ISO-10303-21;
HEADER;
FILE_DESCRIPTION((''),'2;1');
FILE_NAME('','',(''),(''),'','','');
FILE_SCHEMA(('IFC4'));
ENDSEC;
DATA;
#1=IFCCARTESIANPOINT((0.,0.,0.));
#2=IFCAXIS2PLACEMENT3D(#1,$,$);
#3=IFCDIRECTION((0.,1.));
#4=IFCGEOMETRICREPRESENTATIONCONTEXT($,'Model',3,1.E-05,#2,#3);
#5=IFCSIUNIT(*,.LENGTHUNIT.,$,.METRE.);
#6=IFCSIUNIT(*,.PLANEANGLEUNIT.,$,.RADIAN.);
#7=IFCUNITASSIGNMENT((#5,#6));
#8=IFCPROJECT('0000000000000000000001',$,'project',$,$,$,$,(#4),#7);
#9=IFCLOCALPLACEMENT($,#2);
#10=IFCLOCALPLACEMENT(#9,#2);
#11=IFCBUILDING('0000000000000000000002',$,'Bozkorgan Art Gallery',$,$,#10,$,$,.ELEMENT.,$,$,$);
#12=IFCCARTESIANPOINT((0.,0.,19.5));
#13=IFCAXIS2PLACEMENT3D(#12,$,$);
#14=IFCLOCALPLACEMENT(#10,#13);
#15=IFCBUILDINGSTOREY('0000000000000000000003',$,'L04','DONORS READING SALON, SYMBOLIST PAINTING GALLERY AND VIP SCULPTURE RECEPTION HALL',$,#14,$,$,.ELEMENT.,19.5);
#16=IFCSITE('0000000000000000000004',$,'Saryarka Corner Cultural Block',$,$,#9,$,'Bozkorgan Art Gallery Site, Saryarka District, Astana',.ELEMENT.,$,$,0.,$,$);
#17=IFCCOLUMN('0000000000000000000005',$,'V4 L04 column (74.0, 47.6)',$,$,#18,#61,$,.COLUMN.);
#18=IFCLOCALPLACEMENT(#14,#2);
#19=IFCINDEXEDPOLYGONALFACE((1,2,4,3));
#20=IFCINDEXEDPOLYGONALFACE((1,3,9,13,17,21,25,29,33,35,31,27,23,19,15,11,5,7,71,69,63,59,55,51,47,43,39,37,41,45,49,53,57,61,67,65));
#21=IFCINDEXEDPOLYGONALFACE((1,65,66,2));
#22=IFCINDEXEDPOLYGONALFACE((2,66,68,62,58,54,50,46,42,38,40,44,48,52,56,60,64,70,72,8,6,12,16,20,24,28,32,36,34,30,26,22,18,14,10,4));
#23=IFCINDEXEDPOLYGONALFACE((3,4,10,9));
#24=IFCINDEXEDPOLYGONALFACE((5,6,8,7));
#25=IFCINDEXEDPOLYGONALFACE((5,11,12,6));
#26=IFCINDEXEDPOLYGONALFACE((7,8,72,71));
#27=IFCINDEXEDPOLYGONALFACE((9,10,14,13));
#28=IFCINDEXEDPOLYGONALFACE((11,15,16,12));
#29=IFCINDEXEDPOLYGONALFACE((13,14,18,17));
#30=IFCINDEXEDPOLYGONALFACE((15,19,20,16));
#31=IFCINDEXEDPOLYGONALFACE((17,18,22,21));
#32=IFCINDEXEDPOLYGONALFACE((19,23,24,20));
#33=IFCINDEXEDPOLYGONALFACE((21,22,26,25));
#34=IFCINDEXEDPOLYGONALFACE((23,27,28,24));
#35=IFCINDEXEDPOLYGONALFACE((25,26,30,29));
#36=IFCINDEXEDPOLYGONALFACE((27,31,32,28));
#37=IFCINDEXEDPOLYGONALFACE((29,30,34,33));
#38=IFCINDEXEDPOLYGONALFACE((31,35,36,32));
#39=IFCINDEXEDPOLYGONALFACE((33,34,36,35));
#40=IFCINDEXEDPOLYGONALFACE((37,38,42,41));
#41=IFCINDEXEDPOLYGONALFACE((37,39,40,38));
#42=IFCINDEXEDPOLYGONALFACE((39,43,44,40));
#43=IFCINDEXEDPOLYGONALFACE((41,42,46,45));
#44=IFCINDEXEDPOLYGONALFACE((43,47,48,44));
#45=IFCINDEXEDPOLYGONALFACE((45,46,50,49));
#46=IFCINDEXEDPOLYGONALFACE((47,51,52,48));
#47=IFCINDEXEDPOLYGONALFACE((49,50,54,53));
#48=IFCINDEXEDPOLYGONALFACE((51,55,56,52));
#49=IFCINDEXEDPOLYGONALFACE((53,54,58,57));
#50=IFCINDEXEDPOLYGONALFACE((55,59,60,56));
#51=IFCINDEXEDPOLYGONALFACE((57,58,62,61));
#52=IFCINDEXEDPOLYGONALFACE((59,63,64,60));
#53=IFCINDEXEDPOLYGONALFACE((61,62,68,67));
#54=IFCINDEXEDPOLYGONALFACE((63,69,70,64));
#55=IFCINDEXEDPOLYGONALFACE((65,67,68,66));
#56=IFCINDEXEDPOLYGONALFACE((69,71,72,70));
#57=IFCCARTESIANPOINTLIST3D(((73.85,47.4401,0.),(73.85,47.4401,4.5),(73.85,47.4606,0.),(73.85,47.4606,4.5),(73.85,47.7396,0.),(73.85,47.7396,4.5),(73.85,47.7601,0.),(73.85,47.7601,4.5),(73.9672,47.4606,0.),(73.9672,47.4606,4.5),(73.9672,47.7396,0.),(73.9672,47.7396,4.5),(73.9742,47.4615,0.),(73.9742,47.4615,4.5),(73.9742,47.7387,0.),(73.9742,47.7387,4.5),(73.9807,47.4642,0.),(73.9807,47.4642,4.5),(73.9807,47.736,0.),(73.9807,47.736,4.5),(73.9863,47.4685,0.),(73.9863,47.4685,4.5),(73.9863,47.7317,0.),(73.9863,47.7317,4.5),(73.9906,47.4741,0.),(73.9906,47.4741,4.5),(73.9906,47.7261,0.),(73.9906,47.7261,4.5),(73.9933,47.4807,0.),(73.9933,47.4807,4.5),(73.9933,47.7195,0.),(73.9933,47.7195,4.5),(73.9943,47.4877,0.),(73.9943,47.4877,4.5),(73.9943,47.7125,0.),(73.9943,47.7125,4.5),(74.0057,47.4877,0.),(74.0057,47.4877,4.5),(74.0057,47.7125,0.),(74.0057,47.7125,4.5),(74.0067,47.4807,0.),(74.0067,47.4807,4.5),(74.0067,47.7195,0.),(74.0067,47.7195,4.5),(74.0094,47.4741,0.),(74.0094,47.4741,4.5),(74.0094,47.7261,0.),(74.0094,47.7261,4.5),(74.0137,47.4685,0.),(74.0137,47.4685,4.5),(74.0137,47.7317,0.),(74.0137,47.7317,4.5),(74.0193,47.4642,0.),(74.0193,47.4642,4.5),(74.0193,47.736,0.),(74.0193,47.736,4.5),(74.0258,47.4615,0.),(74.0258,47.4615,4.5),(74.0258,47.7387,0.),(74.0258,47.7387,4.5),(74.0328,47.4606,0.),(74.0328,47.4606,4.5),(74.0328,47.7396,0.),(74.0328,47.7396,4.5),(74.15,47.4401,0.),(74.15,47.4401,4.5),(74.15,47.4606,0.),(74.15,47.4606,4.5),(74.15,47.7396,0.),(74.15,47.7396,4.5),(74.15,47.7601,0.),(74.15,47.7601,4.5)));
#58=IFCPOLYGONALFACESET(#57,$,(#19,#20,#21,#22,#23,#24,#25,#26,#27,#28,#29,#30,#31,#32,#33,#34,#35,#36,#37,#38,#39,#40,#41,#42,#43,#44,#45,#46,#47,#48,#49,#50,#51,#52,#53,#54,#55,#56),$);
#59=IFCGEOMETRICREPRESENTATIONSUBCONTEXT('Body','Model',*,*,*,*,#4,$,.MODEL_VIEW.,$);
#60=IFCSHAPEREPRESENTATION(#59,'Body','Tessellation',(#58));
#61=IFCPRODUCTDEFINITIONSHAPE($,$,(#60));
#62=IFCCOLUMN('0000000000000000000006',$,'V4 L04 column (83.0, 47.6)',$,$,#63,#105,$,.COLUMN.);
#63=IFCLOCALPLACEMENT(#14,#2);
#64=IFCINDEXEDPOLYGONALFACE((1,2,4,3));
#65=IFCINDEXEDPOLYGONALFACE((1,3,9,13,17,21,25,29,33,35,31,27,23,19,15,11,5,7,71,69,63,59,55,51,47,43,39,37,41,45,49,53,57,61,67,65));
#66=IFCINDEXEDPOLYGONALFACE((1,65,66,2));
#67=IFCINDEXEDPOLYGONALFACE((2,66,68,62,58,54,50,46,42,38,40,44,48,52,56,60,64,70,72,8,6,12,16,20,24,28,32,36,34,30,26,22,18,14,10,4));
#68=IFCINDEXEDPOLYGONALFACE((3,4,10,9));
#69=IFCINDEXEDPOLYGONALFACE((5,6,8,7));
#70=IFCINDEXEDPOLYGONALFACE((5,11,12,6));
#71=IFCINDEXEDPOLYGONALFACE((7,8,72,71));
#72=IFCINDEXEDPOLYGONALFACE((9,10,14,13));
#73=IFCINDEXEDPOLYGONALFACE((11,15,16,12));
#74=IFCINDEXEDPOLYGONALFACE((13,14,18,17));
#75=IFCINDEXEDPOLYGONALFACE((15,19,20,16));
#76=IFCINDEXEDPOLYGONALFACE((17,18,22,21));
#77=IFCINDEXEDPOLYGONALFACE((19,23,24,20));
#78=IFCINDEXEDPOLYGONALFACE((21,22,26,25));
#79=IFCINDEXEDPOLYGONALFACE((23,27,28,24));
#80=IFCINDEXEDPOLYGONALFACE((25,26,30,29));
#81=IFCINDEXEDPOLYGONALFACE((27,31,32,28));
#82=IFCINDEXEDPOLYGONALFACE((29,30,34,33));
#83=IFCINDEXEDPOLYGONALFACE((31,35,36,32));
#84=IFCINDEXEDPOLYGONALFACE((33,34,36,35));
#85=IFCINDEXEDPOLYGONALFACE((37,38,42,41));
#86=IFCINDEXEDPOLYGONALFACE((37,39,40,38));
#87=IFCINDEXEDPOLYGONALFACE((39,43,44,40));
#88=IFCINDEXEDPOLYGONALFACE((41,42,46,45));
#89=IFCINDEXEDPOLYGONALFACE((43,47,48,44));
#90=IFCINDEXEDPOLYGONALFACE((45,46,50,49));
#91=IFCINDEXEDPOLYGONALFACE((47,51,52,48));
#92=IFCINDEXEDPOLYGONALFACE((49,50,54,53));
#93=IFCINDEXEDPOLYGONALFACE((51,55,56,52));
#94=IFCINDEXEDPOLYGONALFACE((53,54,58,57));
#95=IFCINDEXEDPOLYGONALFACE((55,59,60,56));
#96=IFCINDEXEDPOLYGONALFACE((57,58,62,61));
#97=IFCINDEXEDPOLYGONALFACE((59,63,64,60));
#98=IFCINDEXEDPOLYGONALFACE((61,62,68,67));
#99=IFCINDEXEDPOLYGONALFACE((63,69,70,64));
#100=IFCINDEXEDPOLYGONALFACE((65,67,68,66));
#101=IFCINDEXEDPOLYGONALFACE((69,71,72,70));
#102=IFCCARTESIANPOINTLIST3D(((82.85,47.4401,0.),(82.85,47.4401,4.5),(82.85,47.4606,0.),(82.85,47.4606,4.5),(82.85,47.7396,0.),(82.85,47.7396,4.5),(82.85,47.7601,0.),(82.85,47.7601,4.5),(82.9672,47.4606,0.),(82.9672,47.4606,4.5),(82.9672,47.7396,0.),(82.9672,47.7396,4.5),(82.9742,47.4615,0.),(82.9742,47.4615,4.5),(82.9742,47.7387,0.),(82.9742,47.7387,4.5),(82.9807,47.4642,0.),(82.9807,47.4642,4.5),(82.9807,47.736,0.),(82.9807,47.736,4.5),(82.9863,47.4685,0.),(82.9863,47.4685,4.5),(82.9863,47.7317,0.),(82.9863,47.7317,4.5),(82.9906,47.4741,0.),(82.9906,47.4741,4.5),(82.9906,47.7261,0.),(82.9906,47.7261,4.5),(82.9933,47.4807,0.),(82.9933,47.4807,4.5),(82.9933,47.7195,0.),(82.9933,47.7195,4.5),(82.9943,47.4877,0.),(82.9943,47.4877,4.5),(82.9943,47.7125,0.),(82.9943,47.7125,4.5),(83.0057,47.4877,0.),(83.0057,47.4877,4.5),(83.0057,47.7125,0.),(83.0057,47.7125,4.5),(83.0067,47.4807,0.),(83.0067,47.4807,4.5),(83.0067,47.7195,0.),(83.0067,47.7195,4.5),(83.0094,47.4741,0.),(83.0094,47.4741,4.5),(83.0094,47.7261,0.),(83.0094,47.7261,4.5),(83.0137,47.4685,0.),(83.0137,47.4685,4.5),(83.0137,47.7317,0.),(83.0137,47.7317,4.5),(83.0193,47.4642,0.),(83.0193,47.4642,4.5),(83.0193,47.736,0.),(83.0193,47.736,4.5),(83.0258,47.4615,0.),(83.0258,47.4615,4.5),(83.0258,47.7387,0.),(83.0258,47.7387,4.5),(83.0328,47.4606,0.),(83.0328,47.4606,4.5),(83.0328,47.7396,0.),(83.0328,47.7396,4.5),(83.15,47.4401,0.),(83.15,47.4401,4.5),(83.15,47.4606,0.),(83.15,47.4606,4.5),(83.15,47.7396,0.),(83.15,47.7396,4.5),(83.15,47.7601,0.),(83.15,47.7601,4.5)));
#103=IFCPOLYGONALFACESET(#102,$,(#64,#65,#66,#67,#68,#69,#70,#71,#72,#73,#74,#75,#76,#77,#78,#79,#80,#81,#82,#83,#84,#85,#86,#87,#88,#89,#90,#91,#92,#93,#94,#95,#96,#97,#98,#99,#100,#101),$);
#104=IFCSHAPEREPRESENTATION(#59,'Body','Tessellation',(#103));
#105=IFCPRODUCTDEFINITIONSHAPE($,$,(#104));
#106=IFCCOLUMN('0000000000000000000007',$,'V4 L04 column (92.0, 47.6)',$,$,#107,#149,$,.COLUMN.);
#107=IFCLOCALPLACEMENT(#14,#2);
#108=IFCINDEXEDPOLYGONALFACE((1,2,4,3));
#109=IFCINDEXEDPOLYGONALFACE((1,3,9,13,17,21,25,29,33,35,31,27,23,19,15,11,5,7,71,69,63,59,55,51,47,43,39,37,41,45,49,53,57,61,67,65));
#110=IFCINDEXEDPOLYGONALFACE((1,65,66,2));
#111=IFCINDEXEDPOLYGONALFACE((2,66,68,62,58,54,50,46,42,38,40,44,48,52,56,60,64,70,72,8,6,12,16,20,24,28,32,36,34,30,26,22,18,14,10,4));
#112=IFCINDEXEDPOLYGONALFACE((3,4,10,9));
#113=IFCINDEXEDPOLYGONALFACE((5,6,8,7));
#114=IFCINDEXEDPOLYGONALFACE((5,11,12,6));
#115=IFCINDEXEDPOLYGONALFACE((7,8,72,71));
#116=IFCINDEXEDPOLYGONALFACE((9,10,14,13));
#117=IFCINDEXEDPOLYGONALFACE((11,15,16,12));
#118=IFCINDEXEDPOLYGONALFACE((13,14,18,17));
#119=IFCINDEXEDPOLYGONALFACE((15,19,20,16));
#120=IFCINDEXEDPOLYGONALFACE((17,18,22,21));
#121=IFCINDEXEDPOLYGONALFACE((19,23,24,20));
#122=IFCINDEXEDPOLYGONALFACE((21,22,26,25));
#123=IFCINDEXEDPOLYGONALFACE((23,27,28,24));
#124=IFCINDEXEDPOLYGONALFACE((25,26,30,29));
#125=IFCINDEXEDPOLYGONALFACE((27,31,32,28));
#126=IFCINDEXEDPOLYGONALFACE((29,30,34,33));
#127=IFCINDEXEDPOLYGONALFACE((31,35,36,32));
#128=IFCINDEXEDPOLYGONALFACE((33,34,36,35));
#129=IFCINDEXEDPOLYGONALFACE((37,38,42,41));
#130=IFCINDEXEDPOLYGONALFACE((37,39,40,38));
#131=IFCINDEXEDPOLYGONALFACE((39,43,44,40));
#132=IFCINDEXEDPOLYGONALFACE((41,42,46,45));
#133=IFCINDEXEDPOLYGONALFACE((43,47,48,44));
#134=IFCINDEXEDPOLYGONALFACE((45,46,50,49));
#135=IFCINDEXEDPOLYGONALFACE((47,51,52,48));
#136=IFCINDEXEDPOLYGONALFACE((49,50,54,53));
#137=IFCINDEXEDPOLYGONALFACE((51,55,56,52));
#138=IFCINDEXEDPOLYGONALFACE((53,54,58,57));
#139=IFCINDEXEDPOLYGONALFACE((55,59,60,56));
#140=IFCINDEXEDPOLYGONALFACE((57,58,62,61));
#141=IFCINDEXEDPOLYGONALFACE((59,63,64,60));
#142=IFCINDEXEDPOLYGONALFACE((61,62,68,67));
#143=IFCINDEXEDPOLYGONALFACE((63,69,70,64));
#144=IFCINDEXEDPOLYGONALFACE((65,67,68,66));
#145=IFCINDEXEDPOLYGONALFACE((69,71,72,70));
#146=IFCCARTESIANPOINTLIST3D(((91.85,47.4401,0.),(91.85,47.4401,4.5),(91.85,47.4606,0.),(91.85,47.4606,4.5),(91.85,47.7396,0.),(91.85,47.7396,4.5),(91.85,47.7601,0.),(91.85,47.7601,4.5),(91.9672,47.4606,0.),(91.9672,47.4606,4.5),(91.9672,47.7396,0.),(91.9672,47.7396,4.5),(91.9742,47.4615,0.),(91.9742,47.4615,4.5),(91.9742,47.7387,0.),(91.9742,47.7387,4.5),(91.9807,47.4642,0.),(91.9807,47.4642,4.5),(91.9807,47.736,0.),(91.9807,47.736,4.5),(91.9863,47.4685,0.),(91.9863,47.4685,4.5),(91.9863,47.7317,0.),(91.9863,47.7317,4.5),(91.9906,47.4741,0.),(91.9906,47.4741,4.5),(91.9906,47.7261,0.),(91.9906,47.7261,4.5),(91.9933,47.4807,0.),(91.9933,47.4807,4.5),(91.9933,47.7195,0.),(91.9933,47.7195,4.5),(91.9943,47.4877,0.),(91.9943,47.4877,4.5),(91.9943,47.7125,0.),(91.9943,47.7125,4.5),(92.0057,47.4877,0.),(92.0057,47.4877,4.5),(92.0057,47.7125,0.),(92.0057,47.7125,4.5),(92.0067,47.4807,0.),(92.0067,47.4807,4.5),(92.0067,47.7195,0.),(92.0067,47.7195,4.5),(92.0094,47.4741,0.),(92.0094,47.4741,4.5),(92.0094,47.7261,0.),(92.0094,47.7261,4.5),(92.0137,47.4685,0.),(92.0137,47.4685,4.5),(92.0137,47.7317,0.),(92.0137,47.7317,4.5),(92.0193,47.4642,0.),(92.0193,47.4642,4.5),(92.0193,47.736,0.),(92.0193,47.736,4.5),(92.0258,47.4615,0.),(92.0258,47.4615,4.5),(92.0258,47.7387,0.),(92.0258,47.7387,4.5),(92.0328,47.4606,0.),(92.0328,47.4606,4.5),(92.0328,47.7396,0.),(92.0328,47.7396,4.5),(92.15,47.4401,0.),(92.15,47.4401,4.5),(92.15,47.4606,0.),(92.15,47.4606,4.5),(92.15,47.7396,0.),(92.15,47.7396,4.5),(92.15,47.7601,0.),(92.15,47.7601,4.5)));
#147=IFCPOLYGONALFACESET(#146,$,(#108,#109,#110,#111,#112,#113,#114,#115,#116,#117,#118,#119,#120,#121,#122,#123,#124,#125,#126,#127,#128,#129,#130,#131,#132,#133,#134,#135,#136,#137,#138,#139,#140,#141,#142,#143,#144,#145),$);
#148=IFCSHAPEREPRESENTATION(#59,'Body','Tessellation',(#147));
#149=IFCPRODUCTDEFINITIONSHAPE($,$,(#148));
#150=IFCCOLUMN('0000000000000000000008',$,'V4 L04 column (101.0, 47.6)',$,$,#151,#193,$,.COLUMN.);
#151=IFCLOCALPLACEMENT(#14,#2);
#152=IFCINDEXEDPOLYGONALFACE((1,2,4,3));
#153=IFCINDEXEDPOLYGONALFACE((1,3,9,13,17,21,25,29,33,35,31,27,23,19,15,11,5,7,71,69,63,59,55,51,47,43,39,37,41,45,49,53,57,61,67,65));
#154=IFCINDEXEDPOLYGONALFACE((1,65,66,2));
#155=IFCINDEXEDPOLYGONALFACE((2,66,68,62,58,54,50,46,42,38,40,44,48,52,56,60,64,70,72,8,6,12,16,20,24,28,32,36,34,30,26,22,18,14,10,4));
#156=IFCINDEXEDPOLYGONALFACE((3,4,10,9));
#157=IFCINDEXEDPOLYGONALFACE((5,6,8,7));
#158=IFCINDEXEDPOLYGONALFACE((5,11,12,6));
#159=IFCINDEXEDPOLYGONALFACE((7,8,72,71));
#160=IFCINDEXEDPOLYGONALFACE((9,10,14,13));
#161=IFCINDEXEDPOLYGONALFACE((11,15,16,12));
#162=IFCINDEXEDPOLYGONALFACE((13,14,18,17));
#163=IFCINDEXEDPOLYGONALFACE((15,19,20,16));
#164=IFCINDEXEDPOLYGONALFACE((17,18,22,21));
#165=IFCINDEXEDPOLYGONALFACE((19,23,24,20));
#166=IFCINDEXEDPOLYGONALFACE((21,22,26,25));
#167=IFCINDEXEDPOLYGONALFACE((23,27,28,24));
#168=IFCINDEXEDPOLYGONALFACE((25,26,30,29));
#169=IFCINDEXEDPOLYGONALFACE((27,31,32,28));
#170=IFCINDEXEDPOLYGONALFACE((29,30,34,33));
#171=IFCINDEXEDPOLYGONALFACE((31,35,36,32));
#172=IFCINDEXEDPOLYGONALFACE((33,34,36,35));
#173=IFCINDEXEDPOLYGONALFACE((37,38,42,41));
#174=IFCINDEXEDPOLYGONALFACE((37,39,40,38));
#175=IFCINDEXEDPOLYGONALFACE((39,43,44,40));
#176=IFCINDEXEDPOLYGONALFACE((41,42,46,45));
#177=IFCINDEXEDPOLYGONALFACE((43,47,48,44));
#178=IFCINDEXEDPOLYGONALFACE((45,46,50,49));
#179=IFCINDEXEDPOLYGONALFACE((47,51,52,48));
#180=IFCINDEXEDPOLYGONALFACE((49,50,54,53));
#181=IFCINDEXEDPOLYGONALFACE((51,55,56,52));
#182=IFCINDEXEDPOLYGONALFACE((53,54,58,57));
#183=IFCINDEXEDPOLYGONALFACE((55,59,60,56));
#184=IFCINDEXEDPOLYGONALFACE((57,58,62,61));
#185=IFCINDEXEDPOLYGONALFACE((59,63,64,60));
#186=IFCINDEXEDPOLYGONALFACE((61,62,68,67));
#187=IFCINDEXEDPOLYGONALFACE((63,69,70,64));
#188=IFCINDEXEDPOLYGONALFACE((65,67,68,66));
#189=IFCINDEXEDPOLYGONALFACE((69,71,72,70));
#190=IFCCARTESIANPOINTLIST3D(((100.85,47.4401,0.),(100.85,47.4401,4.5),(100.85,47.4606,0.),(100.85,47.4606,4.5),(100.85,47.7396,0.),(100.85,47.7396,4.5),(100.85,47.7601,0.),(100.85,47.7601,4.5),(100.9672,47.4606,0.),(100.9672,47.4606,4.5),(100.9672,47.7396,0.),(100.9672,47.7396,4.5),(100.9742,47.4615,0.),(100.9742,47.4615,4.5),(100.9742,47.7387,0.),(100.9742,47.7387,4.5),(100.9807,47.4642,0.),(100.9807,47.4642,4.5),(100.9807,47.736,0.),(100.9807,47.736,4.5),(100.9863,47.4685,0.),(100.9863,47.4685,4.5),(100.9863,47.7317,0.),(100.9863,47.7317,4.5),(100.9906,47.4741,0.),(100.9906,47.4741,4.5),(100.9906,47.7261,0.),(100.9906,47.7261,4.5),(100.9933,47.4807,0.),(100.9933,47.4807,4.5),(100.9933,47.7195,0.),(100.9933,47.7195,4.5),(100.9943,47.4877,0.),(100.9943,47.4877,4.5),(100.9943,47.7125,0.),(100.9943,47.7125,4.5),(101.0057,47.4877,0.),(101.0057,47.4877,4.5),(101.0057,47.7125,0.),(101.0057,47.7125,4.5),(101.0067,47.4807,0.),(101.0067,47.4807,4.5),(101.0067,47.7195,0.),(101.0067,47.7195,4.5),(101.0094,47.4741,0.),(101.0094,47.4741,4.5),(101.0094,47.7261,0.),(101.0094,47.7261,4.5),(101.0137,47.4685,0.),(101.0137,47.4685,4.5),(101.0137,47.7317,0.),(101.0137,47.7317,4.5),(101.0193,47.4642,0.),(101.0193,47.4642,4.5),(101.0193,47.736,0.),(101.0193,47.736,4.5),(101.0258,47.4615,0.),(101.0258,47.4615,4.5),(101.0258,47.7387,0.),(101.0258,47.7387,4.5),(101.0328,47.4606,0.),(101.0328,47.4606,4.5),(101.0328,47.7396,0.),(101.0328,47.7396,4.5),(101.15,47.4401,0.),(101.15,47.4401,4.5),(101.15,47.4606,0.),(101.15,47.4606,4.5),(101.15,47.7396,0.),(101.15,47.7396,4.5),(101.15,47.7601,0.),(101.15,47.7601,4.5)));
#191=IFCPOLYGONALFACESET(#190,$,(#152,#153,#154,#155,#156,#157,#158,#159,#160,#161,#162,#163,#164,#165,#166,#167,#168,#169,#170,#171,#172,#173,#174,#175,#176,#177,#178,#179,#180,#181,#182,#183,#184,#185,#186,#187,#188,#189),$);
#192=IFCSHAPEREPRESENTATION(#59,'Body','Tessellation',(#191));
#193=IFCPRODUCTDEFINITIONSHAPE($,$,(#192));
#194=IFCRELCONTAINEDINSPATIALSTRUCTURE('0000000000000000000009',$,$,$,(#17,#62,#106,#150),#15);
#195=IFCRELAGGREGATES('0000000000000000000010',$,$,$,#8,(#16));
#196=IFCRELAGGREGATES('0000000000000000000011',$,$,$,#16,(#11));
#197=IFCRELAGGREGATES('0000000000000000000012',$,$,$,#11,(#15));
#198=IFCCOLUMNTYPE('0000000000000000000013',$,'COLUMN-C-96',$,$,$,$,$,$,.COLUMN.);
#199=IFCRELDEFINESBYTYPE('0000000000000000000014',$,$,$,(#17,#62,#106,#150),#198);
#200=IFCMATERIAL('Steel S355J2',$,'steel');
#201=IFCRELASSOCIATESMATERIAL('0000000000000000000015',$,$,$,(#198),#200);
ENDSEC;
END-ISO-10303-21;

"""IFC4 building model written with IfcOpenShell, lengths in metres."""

from ifc_helpers import new_model, si_unit, direction, frame, origin, origin_2d, place, context, subcontext, project, spatial, i_section, extrude, material, material_profile, profile_set, type_object, element, save


model = new_model("IFC4")

# Units and contexts
model_context = context("Model", 3, precision=1e-05, world=origin(), true_north=direction((0.0, 1.0)))
body_context = subcontext(model_context, "Body", "Model", "MODEL_VIEW")
ifc_project = project(units=[si_unit("LENGTHUNIT", "METRE"), si_unit("PLANEANGLEUNIT", "RADIAN")], contexts=[model_context])

# Site, building, storey
site_placement = place(None, origin())
site = spatial("IfcSite", under=ifc_project, at=site_placement, Name="Saryarka Corner Cultural Block", LongName="Bozkorgan Art Gallery Site, Saryarka District, Astana", CompositionType="ELEMENT", RefElevation=0.0)
building_placement = place(site_placement, origin())
building = spatial("IfcBuilding", under=site, at=building_placement, Name="Bozkorgan Art Gallery", CompositionType="ELEMENT")
storey_placement = place(building_placement, frame((0.0, 0.0, 19.5)))
storey = spatial("IfcBuildingStorey", under=building, at=storey_placement, Name="L04", Description="DONORS READING SALON, SYMBOLIST PAINTING GALLERY AND VIP SCULPTURE RECEPTION HALL", CompositionType="ELEMENT", Elevation=19.5)

# Columns
ifc_material_1 = material(Name="Steel S355J2", Category="steel")
ifc_material_profile_1 = material_profile(ifc_material_1, i_section(OverallWidth=0.3, OverallDepth=0.3201, WebThickness=0.0115, FlangeThickness=0.0205, FilletRadius=0.0271, at=origin_2d()), Name="HEB 320")
ifc_profile_set_1 = profile_set([ifc_material_profile_1], Name="Steel S355J2")
column_type = type_object("IfcColumnType", Name="COLUMN-C-96", PredefinedType="COLUMN", material=ifc_profile_set_1)
for number, where, z_axis, x_axis, name in (
    (1, (74.0, 47.6001, 0.0), (0.0, 0.0, 1.0), (1.0, 0.0, 0.0), "V4 L04 column (74.0, 47.6)"),
    (2, (83.0, 47.6001, 0.0), (0.0, 0.0, 1.0), (1.0, 0.0, 0.0), "V4 L04 column (83.0, 47.6)"),
    (3, (92.0, 47.6001, 0.0), (0.0, 0.0, 1.0), (1.0, 0.0, 0.0), "V4 L04 column (92.0, 47.6)"),
    (4, (101.0, 47.6001, 0.0), (0.0, 0.0, 1.0), (1.0, 0.0, 0.0), "V4 L04 column (101.0, 47.6)"),
):
    element("IfcColumn", number, at=place(storey_placement, frame(where, z_axis=z_axis, x_axis=x_axis)), inside=storey, type_object=column_type, Name=name, PredefinedType="COLUMN", context=body_context, shape_type="SweptSolid", body=[
        extrude(i_section(OverallWidth=0.3, OverallDepth=0.3201, WebThickness=0.0115, FlangeThickness=0.0205, FilletRadius=0.0271, at=origin_2d()), origin(), (0.0, 0.0, 1.0), 4.5),
    ])

save(model, "model.ifc")
